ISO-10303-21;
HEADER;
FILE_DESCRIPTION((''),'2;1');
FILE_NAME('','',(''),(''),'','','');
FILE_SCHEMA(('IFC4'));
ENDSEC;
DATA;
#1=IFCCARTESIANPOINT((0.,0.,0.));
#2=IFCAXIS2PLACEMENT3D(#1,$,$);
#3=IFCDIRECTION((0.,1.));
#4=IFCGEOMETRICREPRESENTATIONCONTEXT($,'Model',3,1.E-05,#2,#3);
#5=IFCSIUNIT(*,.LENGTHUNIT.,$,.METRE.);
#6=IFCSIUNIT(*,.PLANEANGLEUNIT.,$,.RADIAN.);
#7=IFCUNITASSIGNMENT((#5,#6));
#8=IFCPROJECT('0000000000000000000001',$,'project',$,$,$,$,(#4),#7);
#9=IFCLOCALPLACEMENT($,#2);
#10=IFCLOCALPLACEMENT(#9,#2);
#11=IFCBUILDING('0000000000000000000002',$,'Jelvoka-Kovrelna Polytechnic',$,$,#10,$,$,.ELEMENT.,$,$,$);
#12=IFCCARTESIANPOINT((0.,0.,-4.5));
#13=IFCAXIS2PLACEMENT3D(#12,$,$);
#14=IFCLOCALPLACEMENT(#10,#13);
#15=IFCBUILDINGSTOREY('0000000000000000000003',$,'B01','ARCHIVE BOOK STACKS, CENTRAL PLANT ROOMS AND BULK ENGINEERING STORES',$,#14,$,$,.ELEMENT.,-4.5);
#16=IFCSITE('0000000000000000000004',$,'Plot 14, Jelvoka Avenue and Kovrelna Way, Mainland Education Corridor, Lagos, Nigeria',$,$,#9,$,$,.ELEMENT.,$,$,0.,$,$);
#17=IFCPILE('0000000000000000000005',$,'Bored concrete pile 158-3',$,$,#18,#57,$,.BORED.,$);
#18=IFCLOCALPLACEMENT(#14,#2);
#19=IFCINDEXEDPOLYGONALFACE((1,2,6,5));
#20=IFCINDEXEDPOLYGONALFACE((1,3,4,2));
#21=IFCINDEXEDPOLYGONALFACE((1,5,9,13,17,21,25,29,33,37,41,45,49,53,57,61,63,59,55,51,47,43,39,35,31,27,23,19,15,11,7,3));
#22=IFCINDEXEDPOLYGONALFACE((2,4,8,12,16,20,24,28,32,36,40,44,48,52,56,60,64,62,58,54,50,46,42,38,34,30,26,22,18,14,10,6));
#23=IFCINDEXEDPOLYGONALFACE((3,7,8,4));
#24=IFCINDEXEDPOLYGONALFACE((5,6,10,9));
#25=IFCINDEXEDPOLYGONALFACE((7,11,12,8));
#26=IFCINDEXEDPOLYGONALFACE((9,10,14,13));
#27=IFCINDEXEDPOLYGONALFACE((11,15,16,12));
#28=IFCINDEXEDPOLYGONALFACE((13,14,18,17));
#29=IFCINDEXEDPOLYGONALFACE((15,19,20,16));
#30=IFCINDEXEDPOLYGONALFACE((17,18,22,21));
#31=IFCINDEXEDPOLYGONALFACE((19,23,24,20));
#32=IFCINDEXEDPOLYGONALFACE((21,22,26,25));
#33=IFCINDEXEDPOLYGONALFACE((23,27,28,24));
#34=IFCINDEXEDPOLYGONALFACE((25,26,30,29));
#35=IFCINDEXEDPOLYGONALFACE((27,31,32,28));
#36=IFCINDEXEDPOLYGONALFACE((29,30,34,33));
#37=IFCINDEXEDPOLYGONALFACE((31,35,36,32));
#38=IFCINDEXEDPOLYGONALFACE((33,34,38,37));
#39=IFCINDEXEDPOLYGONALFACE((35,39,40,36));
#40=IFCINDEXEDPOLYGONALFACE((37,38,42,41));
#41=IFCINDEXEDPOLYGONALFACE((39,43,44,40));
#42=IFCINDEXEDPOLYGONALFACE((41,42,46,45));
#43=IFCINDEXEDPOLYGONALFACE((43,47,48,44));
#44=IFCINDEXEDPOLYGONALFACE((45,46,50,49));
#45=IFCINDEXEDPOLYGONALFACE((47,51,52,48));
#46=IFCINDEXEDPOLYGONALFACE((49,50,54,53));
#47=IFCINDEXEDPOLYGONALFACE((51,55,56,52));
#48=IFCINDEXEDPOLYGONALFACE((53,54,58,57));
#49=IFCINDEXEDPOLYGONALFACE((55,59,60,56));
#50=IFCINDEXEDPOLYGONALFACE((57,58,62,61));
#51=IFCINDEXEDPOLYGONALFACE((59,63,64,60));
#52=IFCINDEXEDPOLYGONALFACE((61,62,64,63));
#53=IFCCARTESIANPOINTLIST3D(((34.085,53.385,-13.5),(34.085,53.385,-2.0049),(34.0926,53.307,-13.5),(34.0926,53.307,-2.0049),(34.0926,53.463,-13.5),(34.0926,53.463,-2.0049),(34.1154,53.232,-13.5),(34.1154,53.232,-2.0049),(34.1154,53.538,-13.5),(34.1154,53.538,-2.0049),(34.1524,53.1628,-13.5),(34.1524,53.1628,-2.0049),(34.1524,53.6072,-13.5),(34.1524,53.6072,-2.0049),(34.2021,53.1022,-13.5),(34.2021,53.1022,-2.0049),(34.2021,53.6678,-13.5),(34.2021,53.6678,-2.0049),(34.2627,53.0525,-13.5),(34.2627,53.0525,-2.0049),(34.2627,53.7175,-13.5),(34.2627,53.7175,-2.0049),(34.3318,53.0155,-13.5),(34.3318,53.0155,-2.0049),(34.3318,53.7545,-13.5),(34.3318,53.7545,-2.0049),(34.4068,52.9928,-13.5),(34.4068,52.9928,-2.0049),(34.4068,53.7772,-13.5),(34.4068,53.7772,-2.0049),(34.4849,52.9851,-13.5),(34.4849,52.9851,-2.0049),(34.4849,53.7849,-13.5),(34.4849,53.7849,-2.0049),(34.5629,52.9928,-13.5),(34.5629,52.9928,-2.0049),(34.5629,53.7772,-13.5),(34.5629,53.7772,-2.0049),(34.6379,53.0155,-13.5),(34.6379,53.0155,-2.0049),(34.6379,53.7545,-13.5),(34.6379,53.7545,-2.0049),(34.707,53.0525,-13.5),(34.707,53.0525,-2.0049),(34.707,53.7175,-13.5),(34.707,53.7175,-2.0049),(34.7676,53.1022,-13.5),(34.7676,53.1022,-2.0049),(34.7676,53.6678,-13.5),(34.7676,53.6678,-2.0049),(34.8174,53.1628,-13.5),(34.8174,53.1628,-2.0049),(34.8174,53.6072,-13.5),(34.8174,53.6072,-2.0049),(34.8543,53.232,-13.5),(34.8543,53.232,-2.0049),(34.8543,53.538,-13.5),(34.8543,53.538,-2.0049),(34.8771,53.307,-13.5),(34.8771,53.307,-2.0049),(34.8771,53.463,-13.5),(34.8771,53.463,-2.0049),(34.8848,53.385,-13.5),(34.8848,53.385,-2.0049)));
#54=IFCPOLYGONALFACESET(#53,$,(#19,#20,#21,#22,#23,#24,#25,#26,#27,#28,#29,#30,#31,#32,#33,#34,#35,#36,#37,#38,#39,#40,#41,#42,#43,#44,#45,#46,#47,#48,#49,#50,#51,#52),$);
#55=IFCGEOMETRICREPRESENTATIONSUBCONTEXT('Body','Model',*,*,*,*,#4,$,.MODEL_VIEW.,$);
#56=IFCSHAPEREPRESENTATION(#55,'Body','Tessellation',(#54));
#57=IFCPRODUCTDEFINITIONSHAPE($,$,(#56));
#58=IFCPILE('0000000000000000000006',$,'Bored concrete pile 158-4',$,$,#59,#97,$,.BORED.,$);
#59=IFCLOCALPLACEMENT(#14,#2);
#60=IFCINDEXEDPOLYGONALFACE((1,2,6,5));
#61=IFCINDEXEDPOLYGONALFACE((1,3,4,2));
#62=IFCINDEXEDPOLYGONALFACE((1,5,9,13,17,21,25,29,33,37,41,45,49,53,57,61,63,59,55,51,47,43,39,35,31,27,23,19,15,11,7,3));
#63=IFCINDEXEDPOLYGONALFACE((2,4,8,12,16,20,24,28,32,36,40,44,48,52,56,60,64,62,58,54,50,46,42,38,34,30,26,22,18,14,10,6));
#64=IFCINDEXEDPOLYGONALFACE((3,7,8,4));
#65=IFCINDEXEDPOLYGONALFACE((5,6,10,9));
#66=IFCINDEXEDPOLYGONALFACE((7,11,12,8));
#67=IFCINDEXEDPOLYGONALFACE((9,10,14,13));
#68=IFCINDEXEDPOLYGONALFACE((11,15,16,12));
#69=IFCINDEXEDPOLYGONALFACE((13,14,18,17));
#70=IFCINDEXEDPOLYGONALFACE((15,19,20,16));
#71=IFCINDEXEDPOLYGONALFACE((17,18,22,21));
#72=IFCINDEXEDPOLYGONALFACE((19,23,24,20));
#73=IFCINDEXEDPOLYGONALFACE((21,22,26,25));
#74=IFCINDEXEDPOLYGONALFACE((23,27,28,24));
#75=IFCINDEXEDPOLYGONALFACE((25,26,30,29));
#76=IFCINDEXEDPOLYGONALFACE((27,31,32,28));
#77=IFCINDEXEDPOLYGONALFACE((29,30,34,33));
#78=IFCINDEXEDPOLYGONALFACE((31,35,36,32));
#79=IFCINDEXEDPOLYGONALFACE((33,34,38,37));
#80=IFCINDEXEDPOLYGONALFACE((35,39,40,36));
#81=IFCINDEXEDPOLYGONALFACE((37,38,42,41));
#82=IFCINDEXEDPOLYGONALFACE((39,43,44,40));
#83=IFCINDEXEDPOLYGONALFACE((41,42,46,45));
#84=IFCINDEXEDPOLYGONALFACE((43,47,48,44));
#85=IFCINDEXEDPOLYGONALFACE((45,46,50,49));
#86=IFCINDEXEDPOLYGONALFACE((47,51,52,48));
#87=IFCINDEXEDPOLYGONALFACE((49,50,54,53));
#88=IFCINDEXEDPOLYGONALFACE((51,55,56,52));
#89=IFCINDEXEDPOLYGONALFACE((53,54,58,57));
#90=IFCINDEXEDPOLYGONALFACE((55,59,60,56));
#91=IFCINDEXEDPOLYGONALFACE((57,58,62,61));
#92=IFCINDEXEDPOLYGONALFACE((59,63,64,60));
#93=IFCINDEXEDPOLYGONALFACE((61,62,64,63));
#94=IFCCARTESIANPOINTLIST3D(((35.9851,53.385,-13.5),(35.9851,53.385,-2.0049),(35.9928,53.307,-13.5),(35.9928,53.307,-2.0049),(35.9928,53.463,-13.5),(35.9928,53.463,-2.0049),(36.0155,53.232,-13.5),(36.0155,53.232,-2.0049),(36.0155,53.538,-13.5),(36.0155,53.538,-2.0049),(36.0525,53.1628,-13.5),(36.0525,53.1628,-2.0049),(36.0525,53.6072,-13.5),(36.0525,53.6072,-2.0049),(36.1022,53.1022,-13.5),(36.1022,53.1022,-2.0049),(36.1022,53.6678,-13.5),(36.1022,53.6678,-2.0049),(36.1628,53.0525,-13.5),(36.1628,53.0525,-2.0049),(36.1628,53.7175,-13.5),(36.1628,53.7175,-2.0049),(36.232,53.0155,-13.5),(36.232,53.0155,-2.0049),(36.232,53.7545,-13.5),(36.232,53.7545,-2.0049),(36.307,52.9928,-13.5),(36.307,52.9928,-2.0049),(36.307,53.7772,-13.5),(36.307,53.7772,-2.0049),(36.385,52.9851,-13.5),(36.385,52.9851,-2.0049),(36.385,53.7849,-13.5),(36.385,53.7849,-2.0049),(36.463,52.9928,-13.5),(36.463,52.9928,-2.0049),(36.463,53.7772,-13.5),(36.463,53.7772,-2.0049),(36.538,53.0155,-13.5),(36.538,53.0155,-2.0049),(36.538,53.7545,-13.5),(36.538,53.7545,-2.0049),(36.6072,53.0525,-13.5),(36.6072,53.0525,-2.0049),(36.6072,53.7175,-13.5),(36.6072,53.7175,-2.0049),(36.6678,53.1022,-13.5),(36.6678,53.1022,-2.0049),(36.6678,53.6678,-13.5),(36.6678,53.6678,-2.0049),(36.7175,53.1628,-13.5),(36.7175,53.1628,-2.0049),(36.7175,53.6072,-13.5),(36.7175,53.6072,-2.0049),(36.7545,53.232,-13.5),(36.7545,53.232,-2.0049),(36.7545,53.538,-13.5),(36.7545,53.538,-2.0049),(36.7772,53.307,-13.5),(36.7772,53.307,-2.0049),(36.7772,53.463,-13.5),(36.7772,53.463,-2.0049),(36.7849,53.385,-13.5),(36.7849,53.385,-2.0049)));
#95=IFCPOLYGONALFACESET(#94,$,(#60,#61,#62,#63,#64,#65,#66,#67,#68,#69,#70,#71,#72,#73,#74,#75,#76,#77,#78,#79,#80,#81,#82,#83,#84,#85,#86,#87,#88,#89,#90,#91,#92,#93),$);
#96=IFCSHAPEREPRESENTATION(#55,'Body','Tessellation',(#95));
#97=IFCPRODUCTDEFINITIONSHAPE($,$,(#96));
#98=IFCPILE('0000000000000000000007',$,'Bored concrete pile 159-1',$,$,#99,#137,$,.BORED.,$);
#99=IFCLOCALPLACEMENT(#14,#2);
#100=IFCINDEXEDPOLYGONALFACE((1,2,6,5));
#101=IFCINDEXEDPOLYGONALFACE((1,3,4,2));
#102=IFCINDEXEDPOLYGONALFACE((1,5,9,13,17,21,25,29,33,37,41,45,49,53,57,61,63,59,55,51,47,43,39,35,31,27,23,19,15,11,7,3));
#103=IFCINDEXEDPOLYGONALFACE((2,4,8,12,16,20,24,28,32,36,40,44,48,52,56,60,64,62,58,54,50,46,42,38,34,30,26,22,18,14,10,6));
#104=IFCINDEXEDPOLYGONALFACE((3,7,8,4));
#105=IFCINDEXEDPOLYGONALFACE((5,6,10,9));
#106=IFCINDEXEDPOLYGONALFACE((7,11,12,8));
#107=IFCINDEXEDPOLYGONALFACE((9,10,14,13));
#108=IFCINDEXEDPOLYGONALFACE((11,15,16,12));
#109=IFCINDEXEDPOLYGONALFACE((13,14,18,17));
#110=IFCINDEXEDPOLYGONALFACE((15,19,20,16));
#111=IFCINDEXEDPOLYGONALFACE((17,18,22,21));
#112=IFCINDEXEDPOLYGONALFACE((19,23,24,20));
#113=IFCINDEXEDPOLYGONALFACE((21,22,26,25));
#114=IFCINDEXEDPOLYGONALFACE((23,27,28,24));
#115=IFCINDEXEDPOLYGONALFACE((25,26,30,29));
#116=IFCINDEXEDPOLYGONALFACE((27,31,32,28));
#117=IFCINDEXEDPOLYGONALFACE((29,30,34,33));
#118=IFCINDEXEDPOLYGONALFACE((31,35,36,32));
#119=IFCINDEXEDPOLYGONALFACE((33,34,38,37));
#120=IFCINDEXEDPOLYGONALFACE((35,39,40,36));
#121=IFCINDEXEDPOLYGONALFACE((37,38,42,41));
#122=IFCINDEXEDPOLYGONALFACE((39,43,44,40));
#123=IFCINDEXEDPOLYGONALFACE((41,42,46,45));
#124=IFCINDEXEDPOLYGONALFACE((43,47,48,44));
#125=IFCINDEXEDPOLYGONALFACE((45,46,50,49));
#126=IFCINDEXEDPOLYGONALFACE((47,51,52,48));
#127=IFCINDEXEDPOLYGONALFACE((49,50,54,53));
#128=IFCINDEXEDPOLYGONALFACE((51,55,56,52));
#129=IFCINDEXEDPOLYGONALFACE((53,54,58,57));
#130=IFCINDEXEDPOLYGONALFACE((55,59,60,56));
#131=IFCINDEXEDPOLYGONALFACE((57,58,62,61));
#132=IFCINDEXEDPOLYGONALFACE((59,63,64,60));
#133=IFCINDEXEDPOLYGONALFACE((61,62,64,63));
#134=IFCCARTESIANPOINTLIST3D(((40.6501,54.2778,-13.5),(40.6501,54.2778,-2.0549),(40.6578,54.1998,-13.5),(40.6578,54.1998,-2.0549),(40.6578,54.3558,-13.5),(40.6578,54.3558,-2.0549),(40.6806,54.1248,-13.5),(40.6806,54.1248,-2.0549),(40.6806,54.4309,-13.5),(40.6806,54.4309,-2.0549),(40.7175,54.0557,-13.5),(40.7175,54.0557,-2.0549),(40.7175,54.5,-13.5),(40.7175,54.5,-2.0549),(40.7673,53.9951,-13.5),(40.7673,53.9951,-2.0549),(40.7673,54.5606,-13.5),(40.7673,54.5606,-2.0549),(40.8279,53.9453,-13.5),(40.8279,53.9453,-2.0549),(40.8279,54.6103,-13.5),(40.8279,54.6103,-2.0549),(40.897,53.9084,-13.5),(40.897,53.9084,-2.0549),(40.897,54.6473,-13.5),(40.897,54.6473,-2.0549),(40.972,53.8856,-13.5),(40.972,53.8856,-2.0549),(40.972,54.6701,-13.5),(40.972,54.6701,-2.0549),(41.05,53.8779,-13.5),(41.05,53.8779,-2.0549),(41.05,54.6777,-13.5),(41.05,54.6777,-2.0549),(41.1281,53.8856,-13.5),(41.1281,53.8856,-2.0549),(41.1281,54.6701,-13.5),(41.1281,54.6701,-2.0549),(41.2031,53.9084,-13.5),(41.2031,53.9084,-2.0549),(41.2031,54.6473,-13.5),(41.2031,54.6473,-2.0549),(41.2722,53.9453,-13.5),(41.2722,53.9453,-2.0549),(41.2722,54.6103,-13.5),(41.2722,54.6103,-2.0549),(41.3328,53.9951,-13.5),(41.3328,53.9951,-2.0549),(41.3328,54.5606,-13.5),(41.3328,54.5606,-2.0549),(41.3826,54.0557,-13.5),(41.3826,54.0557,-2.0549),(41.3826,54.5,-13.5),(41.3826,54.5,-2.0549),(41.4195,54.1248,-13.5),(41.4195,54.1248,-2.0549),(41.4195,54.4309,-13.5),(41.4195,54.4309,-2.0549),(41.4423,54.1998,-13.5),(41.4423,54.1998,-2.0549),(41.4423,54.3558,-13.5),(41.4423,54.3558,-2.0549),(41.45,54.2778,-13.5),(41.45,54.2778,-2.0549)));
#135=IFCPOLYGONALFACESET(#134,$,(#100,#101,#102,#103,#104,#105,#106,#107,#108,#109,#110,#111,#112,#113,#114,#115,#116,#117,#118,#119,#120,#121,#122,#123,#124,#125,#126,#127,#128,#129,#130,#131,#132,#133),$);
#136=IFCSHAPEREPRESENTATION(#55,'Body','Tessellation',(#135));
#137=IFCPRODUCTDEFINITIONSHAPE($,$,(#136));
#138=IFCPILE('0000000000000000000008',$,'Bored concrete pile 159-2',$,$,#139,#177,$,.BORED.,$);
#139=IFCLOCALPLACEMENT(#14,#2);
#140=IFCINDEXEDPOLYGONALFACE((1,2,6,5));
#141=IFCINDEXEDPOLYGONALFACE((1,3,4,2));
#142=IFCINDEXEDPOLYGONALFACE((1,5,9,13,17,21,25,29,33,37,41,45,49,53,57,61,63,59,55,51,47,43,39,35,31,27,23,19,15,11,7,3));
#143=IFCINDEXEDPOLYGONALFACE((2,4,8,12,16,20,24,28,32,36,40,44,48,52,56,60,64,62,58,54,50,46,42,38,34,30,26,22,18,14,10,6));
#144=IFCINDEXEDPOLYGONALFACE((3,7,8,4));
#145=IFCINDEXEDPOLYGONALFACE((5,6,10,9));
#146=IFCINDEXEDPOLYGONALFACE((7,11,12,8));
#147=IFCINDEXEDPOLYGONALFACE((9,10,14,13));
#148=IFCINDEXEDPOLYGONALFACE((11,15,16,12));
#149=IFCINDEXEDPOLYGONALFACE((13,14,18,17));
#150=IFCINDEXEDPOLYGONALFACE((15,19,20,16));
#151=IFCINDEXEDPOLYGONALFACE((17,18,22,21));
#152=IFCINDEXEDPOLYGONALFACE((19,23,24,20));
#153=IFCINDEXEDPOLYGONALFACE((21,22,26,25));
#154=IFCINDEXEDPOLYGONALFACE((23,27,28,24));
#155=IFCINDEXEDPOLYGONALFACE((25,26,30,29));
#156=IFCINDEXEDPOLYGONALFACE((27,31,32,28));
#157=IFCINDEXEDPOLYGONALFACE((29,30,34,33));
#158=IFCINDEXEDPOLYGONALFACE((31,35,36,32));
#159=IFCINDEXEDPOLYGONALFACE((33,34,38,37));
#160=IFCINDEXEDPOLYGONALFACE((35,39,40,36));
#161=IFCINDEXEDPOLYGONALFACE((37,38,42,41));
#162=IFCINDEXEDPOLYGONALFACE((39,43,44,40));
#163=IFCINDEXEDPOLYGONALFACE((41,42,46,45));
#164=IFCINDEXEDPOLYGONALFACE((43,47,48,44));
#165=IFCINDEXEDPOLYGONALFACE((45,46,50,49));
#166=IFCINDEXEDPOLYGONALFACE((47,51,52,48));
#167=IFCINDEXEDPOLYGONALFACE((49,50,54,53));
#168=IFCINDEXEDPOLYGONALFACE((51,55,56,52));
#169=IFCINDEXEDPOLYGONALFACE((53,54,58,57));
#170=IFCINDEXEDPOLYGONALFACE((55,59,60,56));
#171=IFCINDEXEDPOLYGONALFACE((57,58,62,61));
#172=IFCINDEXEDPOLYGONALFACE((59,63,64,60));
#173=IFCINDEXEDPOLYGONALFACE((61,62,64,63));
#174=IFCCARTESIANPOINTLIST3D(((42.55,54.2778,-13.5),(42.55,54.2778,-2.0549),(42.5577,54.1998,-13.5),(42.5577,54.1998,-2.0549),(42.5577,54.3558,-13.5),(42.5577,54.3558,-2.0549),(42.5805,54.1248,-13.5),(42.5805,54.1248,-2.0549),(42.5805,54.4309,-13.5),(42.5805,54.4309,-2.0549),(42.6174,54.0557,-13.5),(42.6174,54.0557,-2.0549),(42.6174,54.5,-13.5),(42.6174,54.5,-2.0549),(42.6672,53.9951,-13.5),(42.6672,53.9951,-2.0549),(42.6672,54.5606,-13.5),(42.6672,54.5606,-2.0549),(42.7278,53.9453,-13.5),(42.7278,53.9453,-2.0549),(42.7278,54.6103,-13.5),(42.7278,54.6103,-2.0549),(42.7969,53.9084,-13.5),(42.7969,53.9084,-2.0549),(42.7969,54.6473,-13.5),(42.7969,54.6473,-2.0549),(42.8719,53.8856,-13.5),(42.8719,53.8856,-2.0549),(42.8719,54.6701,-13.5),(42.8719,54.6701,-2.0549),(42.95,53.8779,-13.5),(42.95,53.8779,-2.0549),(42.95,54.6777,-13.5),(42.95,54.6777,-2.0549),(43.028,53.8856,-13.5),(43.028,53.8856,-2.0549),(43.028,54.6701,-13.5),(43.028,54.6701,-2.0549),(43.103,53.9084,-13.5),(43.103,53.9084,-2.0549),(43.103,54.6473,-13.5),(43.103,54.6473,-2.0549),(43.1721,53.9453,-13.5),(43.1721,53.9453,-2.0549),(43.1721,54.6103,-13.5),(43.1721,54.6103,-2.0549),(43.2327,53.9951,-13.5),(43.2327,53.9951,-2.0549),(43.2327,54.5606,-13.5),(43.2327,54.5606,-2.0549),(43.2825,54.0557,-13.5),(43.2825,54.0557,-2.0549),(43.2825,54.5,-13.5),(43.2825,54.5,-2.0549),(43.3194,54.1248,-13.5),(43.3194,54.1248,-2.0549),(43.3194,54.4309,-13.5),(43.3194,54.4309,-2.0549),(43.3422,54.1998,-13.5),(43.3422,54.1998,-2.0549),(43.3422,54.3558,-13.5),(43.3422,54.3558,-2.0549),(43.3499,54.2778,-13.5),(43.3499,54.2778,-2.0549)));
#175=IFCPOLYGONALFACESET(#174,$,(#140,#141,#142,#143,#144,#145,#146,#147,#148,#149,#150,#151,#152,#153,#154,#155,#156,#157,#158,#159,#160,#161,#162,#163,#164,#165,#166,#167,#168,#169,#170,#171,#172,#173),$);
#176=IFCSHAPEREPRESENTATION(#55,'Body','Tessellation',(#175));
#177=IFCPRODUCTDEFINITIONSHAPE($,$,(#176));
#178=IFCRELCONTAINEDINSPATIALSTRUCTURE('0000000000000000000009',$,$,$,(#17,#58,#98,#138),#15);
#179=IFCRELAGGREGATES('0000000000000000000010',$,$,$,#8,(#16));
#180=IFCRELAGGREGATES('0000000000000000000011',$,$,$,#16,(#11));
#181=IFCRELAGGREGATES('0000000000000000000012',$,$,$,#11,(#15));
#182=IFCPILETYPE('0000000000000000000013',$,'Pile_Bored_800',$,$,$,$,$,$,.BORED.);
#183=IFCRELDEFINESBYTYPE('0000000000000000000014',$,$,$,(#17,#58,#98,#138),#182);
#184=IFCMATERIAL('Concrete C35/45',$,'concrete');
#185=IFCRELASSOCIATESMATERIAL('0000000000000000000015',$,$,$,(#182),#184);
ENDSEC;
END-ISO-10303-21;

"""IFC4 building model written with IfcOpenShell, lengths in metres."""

from ifc_helpers import new_model, si_unit, direction, frame, origin, origin_2d, place, context, subcontext, project, spatial, circle, extrude, material, material_profile, profile_set, type_object, element, save


model = new_model("IFC4")

# Units and contexts
model_context = context("Model", 3, precision=1e-05, world=origin(), true_north=direction((0.0, 1.0)))
body_context = subcontext(model_context, "Body", "Model", "MODEL_VIEW")
ifc_project = project(units=[si_unit("LENGTHUNIT", "METRE"), si_unit("PLANEANGLEUNIT", "RADIAN")], contexts=[model_context])

# Site, building, storey
site_placement = place(None, origin())
site = spatial("IfcSite", under=ifc_project, at=site_placement, Name="Plot 14, Jelvoka Avenue and Kovrelna Way, Mainland Education Corridor, Lagos, Nigeria", CompositionType="ELEMENT", RefElevation=0.0)
building_placement = place(site_placement, origin())
building = spatial("IfcBuilding", under=site, at=building_placement, Name="Jelvoka-Kovrelna Polytechnic", CompositionType="ELEMENT")
storey_placement = place(building_placement, frame((0.0, 0.0, -4.5)))
storey = spatial("IfcBuildingStorey", under=building, at=storey_placement, Name="B01", Description="ARCHIVE BOOK STACKS, CENTRAL PLANT ROOMS AND BULK ENGINEERING STORES", CompositionType="ELEMENT", Elevation=-4.5)

# Piles
ifc_material_1 = material(Name="Concrete C35/45", Category="concrete")
ifc_material_profile_1 = material_profile(ifc_material_1, circle(Radius=0.3999, at=origin_2d()), Name="PILE D800")
ifc_profile_set_1 = profile_set([ifc_material_profile_1], Name="Concrete C35/45")
pile_type = type_object("IfcPileType", Name="Pile_Bored_800", PredefinedType="BORED", material=ifc_profile_set_1)
for number, where, z_axis, x_axis, name in (
    (1, (34.4849, 53.385, -2.0049), (0.0, 0.0, -1.0), (1.0, 0.0, 0.0), "Bored concrete pile 158-3"),
    (2, (36.385, 53.385, -2.0049), (0.0, 0.0, -1.0), (1.0, 0.0, 0.0), "Bored concrete pile 158-4"),
):
    element("IfcPile", number, at=place(storey_placement, frame(where, z_axis=z_axis, x_axis=x_axis)), inside=storey, type_object=pile_type, Name=name, PredefinedType="BORED", context=body_context, shape_type="SweptSolid", body=[
        extrude(circle(Radius=0.3999, at=origin_2d()), origin(), (0.0, 0.0, 1.0), 11.4951),
    ])
for number, where, z_axis, x_axis, name in (
    (3, (41.05, 54.2778, -2.0549), (0.0, 0.0, -1.0), (1.0, 0.0, 0.0), "Bored concrete pile 159-1"),
    (4, (42.95, 54.2778, -2.0549), (0.0, 0.0, -1.0), (1.0, 0.0, 0.0), "Bored concrete pile 159-2"),
):
    element("IfcPile", number, at=place(storey_placement, frame(where, z_axis=z_axis, x_axis=x_axis)), inside=storey, type_object=pile_type, Name=name, PredefinedType="BORED", context=body_context, shape_type="SweptSolid", body=[
        extrude(circle(Radius=0.3999, at=origin_2d()), origin(), (0.0, 0.0, 1.0), 11.4451),
    ])

save(model, "model.ifc")
